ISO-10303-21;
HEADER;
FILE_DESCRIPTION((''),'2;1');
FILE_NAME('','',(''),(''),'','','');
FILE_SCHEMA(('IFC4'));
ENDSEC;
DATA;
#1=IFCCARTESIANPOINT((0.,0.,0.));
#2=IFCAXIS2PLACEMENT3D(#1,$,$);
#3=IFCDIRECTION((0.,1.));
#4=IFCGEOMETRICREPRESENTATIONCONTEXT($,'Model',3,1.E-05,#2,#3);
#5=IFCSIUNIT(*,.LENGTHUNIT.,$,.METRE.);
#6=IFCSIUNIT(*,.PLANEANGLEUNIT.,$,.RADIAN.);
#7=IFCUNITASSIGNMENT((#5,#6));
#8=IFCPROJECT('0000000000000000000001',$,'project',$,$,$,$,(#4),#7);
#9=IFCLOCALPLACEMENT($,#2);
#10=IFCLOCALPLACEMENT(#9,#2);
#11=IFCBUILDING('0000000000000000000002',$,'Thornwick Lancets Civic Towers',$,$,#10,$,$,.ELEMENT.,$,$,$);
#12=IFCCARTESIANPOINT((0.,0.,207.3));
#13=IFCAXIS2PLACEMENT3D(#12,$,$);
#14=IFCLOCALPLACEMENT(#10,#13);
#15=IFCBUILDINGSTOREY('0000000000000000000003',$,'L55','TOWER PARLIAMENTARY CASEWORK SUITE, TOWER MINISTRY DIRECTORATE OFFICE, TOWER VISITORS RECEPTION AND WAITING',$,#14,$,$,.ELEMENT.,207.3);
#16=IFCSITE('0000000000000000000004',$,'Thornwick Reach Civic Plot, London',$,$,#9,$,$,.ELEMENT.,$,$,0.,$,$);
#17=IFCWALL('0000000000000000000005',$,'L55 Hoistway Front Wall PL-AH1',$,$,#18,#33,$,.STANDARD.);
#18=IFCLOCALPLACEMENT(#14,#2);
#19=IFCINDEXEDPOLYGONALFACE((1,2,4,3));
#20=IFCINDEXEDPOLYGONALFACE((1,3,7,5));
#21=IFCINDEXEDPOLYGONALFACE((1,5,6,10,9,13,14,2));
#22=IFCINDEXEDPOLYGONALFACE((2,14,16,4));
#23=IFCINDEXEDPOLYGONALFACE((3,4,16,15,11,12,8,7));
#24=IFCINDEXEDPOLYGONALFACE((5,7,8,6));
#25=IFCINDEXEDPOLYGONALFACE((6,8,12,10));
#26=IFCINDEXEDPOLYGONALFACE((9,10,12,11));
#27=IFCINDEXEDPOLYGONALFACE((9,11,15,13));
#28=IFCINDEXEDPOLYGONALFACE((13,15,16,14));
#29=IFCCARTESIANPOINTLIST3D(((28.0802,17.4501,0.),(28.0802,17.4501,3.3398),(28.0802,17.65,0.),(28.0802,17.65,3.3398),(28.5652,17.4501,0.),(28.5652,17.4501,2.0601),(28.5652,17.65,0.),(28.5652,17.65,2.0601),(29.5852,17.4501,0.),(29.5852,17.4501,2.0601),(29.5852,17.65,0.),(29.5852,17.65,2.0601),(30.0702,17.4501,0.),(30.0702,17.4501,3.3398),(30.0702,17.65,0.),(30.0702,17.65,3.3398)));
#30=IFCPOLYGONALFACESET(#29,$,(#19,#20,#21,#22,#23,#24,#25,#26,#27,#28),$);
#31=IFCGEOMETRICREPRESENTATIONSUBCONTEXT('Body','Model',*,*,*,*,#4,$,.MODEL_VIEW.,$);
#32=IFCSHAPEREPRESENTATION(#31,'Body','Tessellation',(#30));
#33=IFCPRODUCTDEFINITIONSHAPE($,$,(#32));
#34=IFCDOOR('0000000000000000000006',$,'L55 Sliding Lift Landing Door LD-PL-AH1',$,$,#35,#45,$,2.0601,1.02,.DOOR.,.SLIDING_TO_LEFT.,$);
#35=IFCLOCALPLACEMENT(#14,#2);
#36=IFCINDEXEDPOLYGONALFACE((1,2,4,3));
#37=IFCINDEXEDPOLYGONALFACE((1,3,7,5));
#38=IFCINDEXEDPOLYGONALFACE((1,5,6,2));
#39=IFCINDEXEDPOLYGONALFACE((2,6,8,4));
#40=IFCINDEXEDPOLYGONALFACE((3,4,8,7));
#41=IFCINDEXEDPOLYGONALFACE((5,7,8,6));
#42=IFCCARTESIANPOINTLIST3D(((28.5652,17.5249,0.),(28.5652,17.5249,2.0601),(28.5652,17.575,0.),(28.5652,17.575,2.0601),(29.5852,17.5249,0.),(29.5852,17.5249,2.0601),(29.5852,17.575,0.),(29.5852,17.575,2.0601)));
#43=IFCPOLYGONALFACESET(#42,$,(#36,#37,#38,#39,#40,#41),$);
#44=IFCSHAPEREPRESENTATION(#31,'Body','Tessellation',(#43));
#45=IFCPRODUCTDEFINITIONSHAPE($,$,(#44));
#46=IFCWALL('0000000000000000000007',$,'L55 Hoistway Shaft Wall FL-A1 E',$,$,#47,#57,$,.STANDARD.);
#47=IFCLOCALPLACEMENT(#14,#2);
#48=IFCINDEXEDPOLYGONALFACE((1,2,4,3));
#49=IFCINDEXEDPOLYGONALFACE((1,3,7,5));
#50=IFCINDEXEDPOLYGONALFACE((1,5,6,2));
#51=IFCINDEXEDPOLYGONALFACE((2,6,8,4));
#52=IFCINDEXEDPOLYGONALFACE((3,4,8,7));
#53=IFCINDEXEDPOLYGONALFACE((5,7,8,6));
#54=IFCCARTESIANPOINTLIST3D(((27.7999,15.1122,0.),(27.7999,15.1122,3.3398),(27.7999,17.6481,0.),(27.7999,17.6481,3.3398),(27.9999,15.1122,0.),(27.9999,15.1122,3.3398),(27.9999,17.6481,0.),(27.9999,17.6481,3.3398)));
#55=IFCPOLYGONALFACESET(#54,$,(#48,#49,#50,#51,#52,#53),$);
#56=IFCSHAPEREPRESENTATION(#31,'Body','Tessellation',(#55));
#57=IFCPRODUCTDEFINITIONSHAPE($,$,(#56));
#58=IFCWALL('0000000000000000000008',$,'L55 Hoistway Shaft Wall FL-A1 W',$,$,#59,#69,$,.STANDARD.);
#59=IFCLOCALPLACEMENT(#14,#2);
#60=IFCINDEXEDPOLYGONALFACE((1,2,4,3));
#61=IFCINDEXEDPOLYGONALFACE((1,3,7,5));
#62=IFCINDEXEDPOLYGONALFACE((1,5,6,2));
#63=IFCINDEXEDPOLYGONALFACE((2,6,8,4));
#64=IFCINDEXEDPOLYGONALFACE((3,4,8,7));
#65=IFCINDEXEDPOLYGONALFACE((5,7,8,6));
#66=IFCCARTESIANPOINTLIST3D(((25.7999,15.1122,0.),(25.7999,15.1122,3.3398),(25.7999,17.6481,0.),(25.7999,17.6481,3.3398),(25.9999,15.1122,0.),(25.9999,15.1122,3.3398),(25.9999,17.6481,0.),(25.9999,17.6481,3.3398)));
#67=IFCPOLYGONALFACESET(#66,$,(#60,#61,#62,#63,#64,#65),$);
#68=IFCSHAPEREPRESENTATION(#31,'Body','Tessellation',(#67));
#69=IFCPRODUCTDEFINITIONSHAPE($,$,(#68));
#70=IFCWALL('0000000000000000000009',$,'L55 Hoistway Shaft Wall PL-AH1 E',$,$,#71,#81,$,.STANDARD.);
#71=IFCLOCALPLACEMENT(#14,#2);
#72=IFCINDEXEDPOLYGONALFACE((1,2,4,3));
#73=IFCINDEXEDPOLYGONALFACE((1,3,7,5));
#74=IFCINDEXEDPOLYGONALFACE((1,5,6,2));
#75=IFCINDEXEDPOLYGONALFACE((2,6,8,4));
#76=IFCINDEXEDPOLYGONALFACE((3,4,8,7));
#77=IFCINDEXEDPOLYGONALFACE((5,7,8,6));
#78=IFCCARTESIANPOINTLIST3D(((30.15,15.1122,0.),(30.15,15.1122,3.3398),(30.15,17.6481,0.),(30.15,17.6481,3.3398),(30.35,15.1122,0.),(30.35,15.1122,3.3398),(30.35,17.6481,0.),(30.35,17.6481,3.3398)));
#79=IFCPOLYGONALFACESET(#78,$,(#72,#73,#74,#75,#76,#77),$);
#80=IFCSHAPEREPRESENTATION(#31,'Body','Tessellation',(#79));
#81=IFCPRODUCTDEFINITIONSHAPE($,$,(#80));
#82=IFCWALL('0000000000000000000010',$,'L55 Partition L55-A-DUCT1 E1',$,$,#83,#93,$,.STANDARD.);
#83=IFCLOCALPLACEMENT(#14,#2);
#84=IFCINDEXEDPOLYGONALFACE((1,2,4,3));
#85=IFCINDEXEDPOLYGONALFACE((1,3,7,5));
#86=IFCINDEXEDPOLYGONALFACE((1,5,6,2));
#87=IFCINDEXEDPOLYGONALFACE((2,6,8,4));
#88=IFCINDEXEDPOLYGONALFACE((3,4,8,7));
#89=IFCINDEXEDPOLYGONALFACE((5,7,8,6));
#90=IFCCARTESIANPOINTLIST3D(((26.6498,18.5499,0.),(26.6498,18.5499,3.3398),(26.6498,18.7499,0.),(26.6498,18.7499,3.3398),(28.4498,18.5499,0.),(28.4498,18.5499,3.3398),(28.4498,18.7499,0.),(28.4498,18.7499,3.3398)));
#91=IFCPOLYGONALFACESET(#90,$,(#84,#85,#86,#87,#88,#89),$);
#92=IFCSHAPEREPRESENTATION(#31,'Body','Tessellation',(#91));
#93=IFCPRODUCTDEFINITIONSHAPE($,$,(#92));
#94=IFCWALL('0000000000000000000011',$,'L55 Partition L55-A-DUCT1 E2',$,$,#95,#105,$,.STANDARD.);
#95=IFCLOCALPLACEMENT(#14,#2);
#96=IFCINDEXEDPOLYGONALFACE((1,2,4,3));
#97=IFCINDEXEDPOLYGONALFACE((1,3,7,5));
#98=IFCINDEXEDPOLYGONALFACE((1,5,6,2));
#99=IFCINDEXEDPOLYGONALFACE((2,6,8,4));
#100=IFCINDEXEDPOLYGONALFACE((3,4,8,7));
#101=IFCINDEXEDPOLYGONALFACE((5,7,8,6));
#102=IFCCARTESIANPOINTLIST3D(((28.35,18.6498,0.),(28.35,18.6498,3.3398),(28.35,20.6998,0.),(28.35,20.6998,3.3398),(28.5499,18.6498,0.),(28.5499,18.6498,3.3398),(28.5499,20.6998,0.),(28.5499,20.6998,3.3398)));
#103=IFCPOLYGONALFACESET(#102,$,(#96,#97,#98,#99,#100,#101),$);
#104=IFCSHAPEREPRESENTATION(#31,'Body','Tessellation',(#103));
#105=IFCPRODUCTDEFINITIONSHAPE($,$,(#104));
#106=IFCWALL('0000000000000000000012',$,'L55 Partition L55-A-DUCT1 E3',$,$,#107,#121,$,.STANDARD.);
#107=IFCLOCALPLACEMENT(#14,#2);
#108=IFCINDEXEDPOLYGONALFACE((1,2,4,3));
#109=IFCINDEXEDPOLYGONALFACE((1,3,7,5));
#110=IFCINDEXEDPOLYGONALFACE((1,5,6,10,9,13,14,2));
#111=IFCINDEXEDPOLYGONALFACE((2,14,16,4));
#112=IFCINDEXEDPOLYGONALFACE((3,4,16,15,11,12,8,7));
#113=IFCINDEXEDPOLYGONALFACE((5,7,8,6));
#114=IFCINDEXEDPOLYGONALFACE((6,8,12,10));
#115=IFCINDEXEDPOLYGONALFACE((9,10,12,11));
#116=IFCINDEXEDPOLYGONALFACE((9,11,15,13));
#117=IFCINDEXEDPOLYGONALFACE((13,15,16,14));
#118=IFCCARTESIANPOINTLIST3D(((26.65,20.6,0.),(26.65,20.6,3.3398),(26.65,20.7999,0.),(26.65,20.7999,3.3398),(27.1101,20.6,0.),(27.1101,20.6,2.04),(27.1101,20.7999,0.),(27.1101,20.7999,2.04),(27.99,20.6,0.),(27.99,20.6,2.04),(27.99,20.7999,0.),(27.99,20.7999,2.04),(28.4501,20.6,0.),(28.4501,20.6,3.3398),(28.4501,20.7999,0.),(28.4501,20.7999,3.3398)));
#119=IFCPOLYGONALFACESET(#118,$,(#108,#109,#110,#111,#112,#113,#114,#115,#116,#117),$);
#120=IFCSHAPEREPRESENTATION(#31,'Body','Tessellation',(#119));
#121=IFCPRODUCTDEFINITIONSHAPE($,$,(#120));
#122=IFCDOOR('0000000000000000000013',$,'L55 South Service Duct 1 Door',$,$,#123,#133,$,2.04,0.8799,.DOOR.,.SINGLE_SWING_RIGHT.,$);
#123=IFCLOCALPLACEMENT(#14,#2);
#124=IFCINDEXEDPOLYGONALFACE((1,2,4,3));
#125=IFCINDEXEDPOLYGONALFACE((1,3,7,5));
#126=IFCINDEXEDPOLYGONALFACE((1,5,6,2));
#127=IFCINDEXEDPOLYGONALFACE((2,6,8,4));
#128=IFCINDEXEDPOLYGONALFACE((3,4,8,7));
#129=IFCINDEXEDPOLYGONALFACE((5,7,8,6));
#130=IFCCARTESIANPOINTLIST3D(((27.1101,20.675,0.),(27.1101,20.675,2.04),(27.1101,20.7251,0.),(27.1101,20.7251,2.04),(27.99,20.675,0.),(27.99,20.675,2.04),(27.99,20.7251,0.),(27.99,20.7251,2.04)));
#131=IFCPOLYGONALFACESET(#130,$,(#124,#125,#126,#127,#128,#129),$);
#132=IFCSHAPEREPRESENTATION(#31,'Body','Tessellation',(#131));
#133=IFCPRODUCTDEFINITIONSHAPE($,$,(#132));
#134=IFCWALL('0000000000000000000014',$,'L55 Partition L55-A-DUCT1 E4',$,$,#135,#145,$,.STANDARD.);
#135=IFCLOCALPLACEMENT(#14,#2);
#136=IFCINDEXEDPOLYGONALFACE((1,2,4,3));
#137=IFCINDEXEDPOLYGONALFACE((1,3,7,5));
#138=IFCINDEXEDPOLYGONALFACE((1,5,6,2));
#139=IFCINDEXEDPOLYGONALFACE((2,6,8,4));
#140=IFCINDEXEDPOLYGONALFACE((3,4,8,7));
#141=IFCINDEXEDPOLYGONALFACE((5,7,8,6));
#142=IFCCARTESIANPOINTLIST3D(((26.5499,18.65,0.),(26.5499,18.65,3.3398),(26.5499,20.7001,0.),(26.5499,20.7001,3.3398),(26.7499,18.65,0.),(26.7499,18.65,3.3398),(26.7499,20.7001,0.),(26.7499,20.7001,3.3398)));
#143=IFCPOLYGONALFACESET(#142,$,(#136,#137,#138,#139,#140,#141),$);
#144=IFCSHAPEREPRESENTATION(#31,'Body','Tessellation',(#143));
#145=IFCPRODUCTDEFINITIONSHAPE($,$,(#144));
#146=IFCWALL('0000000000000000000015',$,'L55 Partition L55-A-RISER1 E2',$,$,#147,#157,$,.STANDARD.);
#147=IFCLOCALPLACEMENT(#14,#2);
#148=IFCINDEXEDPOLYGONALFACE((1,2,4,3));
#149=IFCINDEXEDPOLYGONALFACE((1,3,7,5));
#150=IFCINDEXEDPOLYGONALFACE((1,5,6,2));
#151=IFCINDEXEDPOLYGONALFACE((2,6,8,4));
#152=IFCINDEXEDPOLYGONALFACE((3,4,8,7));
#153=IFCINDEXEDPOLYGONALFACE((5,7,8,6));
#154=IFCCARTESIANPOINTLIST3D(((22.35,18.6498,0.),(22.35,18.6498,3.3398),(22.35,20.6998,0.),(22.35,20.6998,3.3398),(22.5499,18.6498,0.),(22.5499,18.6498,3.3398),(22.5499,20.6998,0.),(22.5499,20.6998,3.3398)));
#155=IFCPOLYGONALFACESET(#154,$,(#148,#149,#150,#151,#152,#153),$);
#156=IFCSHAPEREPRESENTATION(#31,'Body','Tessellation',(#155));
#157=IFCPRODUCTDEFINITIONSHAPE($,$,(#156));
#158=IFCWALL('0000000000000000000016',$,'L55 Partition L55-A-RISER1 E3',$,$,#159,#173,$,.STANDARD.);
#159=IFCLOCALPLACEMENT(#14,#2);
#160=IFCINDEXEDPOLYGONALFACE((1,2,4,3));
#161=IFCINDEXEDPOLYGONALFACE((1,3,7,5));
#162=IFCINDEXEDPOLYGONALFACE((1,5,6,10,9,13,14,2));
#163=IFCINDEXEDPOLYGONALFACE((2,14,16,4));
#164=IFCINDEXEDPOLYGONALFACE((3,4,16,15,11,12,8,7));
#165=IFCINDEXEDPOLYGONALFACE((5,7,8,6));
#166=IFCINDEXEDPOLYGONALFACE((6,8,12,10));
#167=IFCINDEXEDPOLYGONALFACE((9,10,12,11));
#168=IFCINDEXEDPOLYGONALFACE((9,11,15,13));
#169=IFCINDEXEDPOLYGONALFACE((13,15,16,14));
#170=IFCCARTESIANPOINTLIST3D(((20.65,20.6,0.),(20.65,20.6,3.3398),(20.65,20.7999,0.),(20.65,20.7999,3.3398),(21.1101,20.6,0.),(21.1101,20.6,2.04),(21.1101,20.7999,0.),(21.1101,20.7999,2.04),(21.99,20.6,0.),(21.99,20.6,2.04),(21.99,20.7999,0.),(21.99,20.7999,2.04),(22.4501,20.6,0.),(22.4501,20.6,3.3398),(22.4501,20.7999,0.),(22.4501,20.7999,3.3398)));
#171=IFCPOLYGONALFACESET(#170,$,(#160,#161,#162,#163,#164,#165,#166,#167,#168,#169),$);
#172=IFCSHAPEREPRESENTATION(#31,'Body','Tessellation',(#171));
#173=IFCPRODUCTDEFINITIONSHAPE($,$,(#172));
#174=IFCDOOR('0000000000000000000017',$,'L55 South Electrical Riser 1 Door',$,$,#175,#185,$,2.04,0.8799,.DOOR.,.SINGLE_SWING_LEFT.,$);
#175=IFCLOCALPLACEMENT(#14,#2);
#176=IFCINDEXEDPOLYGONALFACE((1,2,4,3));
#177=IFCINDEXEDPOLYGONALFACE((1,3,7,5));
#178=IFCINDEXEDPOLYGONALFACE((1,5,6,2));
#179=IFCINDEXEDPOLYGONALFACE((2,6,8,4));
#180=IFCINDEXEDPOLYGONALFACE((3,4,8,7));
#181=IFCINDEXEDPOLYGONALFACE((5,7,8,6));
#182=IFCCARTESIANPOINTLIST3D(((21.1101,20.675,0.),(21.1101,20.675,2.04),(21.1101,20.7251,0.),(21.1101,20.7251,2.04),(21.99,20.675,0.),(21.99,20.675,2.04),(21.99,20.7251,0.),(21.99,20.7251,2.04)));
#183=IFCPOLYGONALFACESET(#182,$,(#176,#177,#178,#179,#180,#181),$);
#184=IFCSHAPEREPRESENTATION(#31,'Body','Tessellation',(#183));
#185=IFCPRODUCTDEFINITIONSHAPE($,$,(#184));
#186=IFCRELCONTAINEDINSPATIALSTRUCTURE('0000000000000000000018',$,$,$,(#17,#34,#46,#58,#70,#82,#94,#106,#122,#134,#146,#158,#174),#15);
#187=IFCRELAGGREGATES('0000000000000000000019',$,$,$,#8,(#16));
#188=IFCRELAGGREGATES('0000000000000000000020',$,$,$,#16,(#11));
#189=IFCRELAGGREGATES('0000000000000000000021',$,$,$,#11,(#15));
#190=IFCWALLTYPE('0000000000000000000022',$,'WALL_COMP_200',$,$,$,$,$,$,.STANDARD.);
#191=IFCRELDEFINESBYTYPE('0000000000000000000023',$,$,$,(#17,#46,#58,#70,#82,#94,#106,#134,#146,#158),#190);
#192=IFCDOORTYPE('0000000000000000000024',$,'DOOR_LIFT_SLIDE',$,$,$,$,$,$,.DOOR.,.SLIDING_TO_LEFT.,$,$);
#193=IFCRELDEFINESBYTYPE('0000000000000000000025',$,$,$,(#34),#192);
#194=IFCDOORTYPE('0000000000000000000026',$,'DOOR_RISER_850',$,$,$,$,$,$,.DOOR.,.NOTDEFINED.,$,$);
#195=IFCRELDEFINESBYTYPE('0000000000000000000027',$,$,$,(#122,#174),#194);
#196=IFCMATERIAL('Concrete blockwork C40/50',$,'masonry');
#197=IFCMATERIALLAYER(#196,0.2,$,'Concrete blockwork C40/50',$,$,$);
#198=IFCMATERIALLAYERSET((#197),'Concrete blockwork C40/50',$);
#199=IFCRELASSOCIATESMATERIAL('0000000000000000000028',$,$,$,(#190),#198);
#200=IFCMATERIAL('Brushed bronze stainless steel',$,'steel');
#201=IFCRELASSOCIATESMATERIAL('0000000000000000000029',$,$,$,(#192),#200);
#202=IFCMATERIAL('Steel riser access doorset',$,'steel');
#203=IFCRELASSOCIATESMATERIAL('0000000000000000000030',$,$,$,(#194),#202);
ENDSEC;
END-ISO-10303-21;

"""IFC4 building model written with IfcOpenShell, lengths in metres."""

from ifc_helpers import new_model, si_unit, direction, frame, frame_2d, origin, place, context, subcontext, project, spatial, rectangle, extrude, material, layer, layer_set, type_object, element, fill, save


model = new_model("IFC4")

# Units and contexts
model_context = context("Model", 3, precision=1e-05, world=origin(), true_north=direction((0.0, 1.0)))
body_context = subcontext(model_context, "Body", "Model", "MODEL_VIEW")
ifc_project = project(units=[si_unit("LENGTHUNIT", "METRE"), si_unit("PLANEANGLEUNIT", "RADIAN")], contexts=[model_context])

# Site, building, storey
site_placement = place(None, origin())
site = spatial("IfcSite", under=ifc_project, at=site_placement, Name="Thornwick Reach Civic Plot, London", CompositionType="ELEMENT", RefElevation=0.0)
building_placement = place(site_placement, origin())
building = spatial("IfcBuilding", under=site, at=building_placement, Name="Thornwick Lancets Civic Towers", CompositionType="ELEMENT")
storey_placement = place(building_placement, frame((0.0, 0.0, 207.3)))
storey = spatial("IfcBuildingStorey", under=building, at=storey_placement, Name="L55", Description="TOWER PARLIAMENTARY CASEWORK SUITE, TOWER MINISTRY DIRECTORATE OFFICE, TOWER VISITORS RECEPTION AND WAITING", CompositionType="ELEMENT", Elevation=207.3)

# Wall, opening, door
ifc_material_1 = material(Name="Concrete blockwork C40/50", Category="masonry")
ifc_layer_1 = layer(ifc_material_1, 0.2, Name="Concrete blockwork C40/50")
ifc_layer_set_1 = layer_set([ifc_layer_1], Name="Concrete blockwork C40/50")
wall_type_1 = type_object("IfcWallType", Name="WALL_COMP_200", PredefinedType="STANDARD", material=ifc_layer_set_1)
ifc_material_2 = material(Name="Brushed bronze stainless steel", Category="steel")
door_type_1 = type_object("IfcDoorType", Name="DOOR_LIFT_SLIDE", OperationType="SLIDING_TO_LEFT", PredefinedType="DOOR", material=ifc_material_2)
wall_1_placement = place(storey_placement, frame((28.0801, 17.55, 0.0), z_axis=(0.0, 0.0, 1.0), x_axis=(1.0, 0.0, 0.0)))
wall_1 = element("IfcWall", 1, at=wall_1_placement, inside=storey, type_object=wall_type_1, Name="L55 Hoistway Front Wall PL-AH1", PredefinedType="STANDARD", context=body_context, shape_type="SweptSolid", body=[
    extrude(rectangle(XDim=1.99, YDim=0.2, at=frame_2d((0.9951, 0.0))), origin(), (0.0, 0.0, 1.0), 3.3398),
])
opening_1_placement = place(wall_1_placement, frame((0.4851, 0.0, 0.0)))
opening_1 = element("IfcOpeningElement", 2, at=opening_1_placement, cuts=wall_1, PredefinedType="OPENING", context=body_context, shape_type="SweptSolid", body=[
    extrude(rectangle(XDim=1.02, YDim=2.0601, at=frame_2d((0.51, 1.03))), frame((0.0, 0.1099, 0.0), z_axis=(0.0, -1.0, 0.0), x_axis=(1.0, 0.0, 0.0)), (0.0, 0.0, 1.0), 0.22),
])
door_1_placement = place(opening_1_placement, origin())
door_1 = element("IfcDoor", 3, at=door_1_placement, inside=storey, type_object=door_type_1, Name="L55 Sliding Lift Landing Door LD-PL-AH1", OperationType="SLIDING_TO_LEFT", OverallHeight=2.0601, OverallWidth=1.02, PredefinedType="DOOR", context=body_context, shape_type="SweptSolid", body=[
    extrude(rectangle(XDim=1.02, YDim=2.0601, at=frame_2d((0.51, 1.03))), frame((0.0, 0.0249, 0.0), z_axis=(0.0, -1.0, 0.0), x_axis=(1.0, 0.0, 0.0)), (0.0, 0.0, 1.0), 0.05),
])
fill(opening_1, door_1)

# Walls
for number, where, z_axis, x_axis, name in (
    (4, (27.8999, 15.1121, 0.0), (0.0, 0.0, 1.0), (0.0, 1.0, 0.0), "L55 Hoistway Shaft Wall FL-A1 E"),
    (5, (25.8999, 15.1121, 0.0), (0.0, 0.0, 1.0), (0.0, 1.0, 0.0), "L55 Hoistway Shaft Wall FL-A1 W"),
    (6, (30.25, 15.1121, 0.0), (0.0, 0.0, 1.0), (0.0, 1.0, 0.0), "L55 Hoistway Shaft Wall PL-AH1 E"),
):
    element("IfcWall", number, at=place(storey_placement, frame(where, z_axis=z_axis, x_axis=x_axis)), inside=storey, type_object=wall_type_1, Name=name, PredefinedType="STANDARD", context=body_context, shape_type="SweptSolid", body=[
        extrude(rectangle(XDim=2.5359, YDim=0.2, at=frame_2d((1.2681, 0.0))), origin(), (0.0, 0.0, 1.0), 3.3398),
    ])
wall_2_placement = place(storey_placement, frame((26.6499, 18.6499, 0.0), z_axis=(0.0, 0.0, 1.0), x_axis=(1.0, 0.0, 0.0)))
element("IfcWall", 7, at=wall_2_placement, inside=storey, type_object=wall_type_1, Name="L55 Partition L55-A-DUCT1 E1", PredefinedType="STANDARD", context=body_context, shape_type="SweptSolid", body=[
    extrude(rectangle(XDim=1.8, YDim=0.2, at=frame_2d((0.8999, 0.0))), origin(), (0.0, 0.0, 1.0), 3.3398),
])
wall_3_placement = place(storey_placement, frame((28.45, 18.6499, 0.0), z_axis=(0.0, 0.0, 1.0), x_axis=(0.0, 1.0, 0.0)))
element("IfcWall", 8, at=wall_3_placement, inside=storey, type_object=wall_type_1, Name="L55 Partition L55-A-DUCT1 E2", PredefinedType="STANDARD", context=body_context, shape_type="SweptSolid", body=[
    extrude(rectangle(XDim=2.05, YDim=0.2, at=frame_2d((1.0249, 0.0))), origin(), (0.0, 0.0, 1.0), 3.3398),
])

# Wall, opening, door
wall_4_placement = place(storey_placement, frame((28.45, 20.7, 0.0), z_axis=(0.0, 0.0, 1.0), x_axis=(-1.0, 0.0, 0.0)))
wall_4 = element("IfcWall", 9, at=wall_4_placement, inside=storey, type_object=wall_type_1, Name="L55 Partition L55-A-DUCT1 E3", PredefinedType="STANDARD", context=body_context, shape_type="SweptSolid", body=[
    extrude(rectangle(XDim=1.8, YDim=0.2, at=frame_2d((0.8999, 0.0))), origin(), (0.0, 0.0, 1.0), 3.3398),
])
opening_2_placement = place(wall_4_placement, frame((0.46, 0.0, 0.0)))
opening_2 = element("IfcOpeningElement", 10, at=opening_2_placement, cuts=wall_4, PredefinedType="OPENING", context=body_context, shape_type="SweptSolid", body=[
    extrude(rectangle(XDim=0.8799, YDim=2.04, at=frame_2d((0.4399, 1.02))), frame((0.0, 0.1099, 0.0), z_axis=(0.0, -1.0, 0.0), x_axis=(1.0, 0.0, 0.0)), (0.0, 0.0, 1.0), 0.22),
])
ifc_material_3 = material(Name="Steel riser access doorset", Category="steel")
door_type_2 = type_object("IfcDoorType", Name="DOOR_RISER_850", OperationType="NOTDEFINED", PredefinedType="DOOR", material=ifc_material_3)
door_2_placement = place(opening_2_placement, origin())
door_2 = element("IfcDoor", 11, at=door_2_placement, inside=storey, type_object=door_type_2, Name="L55 South Service Duct 1 Door", OperationType="SINGLE_SWING_RIGHT", OverallHeight=2.04, OverallWidth=0.8799, PredefinedType="DOOR", context=body_context, shape_type="SweptSolid", body=[
    extrude(rectangle(XDim=0.8799, YDim=2.04, at=frame_2d((0.4399, 1.02))), frame((0.0, 0.0249, 0.0), z_axis=(0.0, -1.0, 0.0), x_axis=(1.0, 0.0, 0.0)), (0.0, 0.0, 1.0), 0.05),
])
fill(opening_2, door_2)

# Walls
for number, where, z_axis, x_axis, name in (
    (12, (26.6499, 20.7, 0.0), (0.0, 0.0, 1.0), (0.0, -1.0, 0.0), "L55 Partition L55-A-DUCT1 E4"),
    (13, (22.45, 18.6499, 0.0), (0.0, 0.0, 1.0), (0.0, 1.0, 0.0), "L55 Partition L55-A-RISER1 E2"),
):
    element("IfcWall", number, at=place(storey_placement, frame(where, z_axis=z_axis, x_axis=x_axis)), inside=storey, type_object=wall_type_1, Name=name, PredefinedType="STANDARD", context=body_context, shape_type="SweptSolid", body=[
        extrude(rectangle(XDim=2.05, YDim=0.2, at=frame_2d((1.0249, 0.0))), origin(), (0.0, 0.0, 1.0), 3.3398),
    ])

# Wall, opening, door
wall_5_placement = place(storey_placement, frame((22.45, 20.7, 0.0), z_axis=(0.0, 0.0, 1.0), x_axis=(-1.0, 0.0, 0.0)))
wall_5 = element("IfcWall", 14, at=wall_5_placement, inside=storey, type_object=wall_type_1, Name="L55 Partition L55-A-RISER1 E3", PredefinedType="STANDARD", context=body_context, shape_type="SweptSolid", body=[
    extrude(rectangle(XDim=1.8, YDim=0.2, at=frame_2d((0.8999, 0.0))), origin(), (0.0, 0.0, 1.0), 3.3398),
])
opening_3_placement = place(wall_5_placement, frame((0.46, 0.0, 0.0)))
opening_3 = element("IfcOpeningElement", 15, at=opening_3_placement, cuts=wall_5, PredefinedType="OPENING", context=body_context, shape_type="SweptSolid", body=[
    extrude(rectangle(XDim=0.8799, YDim=2.04, at=frame_2d((0.4399, 1.02))), frame((0.0, 0.1099, 0.0), z_axis=(0.0, -1.0, 0.0), x_axis=(1.0, 0.0, 0.0)), (0.0, 0.0, 1.0), 0.22),
])
door_3_placement = place(opening_3_placement, origin())
door_3 = element("IfcDoor", 16, at=door_3_placement, inside=storey, type_object=door_type_2, Name="L55 South Electrical Riser 1 Door", OperationType="SINGLE_SWING_LEFT", OverallHeight=2.04, OverallWidth=0.8799, PredefinedType="DOOR", context=body_context, shape_type="SweptSolid", body=[
    extrude(rectangle(XDim=0.8799, YDim=2.04, at=frame_2d((0.4399, 1.02))), frame((0.0, 0.0249, 0.0), z_axis=(0.0, -1.0, 0.0), x_axis=(1.0, 0.0, 0.0)), (0.0, 0.0, 1.0), 0.05),
])
fill(opening_3, door_3)

save(model, "model.ifc")
